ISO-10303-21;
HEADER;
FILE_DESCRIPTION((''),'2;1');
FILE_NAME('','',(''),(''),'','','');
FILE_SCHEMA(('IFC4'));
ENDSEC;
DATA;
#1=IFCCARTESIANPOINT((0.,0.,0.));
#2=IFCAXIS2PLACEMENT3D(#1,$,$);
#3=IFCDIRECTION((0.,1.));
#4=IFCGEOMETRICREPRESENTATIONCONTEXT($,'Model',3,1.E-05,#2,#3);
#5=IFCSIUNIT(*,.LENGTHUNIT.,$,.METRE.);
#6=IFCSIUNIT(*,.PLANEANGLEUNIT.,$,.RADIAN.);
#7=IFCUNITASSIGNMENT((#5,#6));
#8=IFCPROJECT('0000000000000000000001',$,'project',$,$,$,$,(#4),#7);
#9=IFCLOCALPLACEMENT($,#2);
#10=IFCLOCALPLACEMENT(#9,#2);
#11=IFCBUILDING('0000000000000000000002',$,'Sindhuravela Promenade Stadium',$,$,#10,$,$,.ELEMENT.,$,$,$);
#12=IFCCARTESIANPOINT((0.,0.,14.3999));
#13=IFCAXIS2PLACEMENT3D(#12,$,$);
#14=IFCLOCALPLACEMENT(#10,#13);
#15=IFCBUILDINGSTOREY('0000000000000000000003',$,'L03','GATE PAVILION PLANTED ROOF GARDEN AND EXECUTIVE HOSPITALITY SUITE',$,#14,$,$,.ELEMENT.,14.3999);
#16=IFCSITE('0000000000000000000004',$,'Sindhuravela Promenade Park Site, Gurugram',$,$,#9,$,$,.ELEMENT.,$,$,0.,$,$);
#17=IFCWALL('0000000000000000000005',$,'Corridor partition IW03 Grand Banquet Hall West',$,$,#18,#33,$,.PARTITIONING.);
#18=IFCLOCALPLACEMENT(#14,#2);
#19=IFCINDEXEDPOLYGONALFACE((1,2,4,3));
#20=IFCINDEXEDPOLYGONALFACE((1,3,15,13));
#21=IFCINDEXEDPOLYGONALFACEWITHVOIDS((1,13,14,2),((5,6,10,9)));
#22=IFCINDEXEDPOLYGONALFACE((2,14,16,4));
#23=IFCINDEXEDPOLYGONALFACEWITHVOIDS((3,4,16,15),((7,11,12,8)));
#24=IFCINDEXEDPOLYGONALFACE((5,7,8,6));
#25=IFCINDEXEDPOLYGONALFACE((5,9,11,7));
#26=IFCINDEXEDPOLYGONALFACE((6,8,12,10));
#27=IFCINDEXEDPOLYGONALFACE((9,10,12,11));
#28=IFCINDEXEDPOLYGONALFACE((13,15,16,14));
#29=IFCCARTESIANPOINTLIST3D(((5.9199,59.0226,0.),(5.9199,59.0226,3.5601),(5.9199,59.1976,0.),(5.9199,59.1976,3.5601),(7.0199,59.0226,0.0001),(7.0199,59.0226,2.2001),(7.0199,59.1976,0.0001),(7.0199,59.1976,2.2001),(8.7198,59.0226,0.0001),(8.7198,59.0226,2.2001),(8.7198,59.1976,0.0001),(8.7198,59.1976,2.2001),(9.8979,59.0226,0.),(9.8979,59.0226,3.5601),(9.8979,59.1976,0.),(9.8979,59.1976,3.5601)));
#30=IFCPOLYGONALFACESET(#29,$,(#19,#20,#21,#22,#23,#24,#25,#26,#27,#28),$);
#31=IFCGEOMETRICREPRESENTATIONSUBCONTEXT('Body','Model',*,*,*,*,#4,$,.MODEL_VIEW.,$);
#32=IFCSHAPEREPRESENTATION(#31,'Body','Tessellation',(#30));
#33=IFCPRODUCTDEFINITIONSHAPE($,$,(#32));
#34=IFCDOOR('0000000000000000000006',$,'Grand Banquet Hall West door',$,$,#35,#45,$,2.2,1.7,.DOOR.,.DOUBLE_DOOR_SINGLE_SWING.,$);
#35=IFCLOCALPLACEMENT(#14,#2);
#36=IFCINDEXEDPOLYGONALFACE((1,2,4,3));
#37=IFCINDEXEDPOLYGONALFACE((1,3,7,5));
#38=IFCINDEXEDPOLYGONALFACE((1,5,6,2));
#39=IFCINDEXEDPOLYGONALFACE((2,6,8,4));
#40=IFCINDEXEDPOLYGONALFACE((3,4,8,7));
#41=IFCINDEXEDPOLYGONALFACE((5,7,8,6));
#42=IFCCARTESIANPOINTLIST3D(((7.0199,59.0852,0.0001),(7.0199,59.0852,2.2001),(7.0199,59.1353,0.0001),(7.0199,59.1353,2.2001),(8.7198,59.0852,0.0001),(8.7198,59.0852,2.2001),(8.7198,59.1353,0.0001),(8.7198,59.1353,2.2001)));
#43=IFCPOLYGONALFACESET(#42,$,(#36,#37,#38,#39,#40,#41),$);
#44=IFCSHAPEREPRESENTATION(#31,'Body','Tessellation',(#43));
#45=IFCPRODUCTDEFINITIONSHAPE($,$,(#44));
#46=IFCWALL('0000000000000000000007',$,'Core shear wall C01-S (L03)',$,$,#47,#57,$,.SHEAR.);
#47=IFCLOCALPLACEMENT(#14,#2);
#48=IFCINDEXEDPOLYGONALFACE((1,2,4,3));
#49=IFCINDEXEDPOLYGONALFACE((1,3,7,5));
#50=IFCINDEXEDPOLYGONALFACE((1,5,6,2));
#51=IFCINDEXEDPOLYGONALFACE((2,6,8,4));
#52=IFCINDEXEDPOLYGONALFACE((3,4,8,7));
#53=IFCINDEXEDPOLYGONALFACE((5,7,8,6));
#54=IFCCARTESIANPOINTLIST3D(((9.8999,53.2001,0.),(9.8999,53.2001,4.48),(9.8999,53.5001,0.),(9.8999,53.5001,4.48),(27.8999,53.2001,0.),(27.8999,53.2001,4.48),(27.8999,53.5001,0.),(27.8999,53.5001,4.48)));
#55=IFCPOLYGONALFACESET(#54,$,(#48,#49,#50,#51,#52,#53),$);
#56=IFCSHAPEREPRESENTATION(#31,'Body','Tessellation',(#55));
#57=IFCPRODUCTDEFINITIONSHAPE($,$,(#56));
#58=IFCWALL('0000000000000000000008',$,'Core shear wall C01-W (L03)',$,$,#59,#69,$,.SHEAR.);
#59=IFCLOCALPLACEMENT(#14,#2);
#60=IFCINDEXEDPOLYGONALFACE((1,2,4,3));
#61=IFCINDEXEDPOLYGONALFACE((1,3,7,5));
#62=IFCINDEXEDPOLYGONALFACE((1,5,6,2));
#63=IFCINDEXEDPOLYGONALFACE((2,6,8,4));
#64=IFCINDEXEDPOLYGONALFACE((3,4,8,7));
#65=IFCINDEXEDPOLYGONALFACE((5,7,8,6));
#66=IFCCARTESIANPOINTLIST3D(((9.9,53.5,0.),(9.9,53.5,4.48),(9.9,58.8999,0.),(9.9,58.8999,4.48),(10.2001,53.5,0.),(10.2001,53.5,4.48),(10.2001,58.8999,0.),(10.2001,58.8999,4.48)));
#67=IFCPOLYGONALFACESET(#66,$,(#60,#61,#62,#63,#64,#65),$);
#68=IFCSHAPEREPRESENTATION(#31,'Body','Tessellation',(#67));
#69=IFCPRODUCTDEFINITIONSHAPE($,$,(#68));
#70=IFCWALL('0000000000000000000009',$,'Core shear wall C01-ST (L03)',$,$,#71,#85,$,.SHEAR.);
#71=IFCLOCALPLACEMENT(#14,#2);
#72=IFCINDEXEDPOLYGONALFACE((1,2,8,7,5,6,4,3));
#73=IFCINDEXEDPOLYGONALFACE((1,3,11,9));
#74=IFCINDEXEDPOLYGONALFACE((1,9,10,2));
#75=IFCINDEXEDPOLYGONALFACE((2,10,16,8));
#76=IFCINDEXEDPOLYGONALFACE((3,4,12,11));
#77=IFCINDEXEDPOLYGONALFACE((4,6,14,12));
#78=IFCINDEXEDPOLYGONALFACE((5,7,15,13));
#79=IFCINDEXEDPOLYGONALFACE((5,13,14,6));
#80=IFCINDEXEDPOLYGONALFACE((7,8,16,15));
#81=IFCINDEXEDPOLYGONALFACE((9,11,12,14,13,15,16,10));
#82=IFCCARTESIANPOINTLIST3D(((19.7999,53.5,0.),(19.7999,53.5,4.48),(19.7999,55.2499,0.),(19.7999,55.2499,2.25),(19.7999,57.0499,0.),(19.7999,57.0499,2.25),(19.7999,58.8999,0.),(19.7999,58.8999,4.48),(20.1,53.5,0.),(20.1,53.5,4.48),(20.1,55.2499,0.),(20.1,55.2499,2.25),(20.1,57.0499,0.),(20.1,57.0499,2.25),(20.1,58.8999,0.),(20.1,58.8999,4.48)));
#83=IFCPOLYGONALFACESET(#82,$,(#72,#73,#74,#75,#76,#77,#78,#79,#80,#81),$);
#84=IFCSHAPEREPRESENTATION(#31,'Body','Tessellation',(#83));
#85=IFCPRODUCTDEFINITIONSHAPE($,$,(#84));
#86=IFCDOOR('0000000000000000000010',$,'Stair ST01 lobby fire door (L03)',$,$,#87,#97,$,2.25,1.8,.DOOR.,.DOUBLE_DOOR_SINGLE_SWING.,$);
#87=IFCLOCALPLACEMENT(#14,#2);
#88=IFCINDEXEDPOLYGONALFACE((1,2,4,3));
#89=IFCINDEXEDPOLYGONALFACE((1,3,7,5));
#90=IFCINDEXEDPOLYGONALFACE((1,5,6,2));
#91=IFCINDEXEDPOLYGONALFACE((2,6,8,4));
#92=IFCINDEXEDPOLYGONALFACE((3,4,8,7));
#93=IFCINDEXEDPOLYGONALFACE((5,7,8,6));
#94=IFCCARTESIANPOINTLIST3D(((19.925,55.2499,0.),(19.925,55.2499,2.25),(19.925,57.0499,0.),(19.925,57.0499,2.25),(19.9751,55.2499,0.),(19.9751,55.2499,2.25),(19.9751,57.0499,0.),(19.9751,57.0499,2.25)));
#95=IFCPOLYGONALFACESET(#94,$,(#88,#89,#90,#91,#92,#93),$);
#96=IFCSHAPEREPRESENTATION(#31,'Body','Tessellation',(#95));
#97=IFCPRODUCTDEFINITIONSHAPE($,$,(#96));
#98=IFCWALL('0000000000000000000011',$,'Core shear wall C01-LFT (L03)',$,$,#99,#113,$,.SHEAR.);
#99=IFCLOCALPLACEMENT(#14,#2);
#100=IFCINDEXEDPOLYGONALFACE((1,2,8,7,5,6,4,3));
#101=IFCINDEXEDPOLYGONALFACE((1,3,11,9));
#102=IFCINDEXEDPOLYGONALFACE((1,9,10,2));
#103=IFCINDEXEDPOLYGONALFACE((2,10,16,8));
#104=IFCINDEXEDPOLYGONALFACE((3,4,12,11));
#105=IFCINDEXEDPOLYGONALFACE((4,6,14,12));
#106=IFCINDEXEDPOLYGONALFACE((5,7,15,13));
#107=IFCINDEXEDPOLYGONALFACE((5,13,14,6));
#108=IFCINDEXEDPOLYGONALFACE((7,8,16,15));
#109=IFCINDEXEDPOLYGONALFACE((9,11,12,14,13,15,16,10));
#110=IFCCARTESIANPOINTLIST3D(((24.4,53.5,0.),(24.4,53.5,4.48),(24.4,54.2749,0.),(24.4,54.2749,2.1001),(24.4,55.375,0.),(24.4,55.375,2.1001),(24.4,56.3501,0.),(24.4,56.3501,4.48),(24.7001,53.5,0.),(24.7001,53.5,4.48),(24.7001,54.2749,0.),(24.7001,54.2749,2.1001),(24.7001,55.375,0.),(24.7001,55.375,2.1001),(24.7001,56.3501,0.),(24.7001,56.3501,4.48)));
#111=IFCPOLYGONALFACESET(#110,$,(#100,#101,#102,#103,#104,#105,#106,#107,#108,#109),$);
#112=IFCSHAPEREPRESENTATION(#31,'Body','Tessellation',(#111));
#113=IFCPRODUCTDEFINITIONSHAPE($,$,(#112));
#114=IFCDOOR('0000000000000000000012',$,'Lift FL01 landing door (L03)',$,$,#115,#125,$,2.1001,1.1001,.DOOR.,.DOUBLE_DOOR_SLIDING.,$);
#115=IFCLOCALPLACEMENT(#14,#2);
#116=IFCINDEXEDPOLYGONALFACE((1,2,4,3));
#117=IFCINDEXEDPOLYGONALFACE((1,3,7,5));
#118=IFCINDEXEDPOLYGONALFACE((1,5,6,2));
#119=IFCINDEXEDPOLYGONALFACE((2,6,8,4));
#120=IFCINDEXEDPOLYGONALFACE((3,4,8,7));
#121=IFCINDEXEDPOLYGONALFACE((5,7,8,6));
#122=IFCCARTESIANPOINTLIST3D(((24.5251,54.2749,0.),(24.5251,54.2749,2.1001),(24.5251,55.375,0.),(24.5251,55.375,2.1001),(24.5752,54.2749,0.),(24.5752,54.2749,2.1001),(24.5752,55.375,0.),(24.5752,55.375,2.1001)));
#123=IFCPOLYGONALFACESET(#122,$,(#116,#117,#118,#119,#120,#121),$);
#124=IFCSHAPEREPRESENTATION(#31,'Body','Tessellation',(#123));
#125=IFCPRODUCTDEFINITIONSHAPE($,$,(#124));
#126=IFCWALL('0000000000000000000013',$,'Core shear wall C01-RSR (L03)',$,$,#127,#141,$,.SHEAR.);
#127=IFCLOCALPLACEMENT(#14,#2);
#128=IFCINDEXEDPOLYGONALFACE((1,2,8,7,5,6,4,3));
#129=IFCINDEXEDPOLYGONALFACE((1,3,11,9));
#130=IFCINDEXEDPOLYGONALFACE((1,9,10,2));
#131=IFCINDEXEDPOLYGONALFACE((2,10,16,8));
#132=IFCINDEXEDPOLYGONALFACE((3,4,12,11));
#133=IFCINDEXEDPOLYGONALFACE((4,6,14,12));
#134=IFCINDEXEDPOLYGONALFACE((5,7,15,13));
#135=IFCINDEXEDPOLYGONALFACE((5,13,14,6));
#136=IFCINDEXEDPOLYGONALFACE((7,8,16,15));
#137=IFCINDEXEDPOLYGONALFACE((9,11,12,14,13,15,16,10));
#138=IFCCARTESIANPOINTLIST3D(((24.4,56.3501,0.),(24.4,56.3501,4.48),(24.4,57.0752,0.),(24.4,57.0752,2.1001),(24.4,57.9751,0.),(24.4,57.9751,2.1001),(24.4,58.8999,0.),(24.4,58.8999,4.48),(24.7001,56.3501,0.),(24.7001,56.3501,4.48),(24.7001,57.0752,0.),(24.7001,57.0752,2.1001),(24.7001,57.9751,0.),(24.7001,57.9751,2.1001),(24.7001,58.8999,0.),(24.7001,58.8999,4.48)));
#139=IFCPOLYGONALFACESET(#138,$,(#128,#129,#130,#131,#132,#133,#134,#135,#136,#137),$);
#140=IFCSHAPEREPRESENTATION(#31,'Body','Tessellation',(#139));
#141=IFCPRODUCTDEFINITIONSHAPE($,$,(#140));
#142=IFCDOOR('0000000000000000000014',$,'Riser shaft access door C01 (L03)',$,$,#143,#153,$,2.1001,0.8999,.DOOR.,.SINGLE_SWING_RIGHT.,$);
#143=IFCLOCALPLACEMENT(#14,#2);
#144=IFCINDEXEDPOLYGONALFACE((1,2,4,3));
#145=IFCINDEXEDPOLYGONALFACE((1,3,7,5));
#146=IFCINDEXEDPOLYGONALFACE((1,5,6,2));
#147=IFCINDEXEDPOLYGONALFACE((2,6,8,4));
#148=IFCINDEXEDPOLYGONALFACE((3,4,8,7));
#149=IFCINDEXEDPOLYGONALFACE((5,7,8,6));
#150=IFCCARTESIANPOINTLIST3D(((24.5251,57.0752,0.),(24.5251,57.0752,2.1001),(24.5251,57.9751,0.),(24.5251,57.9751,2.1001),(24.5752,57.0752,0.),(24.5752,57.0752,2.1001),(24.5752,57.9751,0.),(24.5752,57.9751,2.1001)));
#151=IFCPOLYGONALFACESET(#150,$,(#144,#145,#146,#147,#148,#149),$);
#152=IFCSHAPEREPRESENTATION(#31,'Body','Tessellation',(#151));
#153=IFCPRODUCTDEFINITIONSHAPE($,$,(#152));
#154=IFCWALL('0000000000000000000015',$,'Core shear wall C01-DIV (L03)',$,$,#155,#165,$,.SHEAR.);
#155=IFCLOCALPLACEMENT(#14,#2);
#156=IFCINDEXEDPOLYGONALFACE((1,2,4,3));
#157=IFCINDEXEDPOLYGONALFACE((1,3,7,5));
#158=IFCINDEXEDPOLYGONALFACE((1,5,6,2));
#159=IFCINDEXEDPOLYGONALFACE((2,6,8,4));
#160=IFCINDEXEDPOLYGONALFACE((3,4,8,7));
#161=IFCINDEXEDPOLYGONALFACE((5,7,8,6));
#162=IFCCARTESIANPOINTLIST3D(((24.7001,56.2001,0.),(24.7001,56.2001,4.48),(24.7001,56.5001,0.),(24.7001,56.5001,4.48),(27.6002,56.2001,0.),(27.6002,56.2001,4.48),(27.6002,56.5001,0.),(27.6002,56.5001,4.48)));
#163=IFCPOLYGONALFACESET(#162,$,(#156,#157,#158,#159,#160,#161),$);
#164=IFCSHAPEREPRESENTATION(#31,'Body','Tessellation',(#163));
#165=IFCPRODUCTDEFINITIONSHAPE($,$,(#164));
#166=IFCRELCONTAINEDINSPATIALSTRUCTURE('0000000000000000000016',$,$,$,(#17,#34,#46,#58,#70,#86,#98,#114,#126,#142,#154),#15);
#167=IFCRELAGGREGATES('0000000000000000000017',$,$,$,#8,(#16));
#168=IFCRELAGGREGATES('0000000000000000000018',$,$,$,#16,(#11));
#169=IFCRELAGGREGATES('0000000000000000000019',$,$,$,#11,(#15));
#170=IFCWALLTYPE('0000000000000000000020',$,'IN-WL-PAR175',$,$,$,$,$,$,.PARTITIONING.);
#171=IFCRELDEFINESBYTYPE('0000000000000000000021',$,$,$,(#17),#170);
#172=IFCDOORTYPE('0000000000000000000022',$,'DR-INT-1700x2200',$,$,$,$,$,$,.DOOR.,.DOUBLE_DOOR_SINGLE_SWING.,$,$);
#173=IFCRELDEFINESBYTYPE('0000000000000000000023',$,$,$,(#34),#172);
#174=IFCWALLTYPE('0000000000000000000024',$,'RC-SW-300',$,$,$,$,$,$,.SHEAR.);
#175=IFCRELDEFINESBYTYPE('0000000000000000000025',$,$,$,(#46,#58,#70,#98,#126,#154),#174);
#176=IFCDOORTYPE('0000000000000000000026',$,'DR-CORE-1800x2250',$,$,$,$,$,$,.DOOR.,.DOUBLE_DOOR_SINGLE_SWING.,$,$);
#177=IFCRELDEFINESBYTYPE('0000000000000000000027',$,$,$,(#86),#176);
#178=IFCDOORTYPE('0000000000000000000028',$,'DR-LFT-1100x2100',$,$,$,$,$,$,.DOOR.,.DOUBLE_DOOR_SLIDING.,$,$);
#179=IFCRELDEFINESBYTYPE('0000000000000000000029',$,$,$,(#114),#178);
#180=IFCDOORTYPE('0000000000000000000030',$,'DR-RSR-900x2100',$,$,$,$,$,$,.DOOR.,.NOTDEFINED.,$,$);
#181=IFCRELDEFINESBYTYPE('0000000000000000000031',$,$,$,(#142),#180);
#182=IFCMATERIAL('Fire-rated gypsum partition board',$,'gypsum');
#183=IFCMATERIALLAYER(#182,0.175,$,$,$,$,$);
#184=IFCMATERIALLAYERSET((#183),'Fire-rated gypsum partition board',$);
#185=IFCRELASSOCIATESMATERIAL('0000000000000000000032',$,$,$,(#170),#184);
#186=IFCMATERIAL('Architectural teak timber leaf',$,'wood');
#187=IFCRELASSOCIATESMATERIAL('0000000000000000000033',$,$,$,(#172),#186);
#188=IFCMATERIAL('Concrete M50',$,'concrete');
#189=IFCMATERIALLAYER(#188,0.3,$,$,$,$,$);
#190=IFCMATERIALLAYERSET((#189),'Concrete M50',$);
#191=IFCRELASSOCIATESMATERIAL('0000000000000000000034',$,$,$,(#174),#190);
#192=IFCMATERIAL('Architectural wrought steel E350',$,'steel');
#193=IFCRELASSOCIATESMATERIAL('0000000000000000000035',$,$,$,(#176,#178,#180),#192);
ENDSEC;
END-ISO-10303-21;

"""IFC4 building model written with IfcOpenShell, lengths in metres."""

from ifc_helpers import new_model, si_unit, direction, frame, frame_2d, origin, place, context, subcontext, project, spatial, rectangle, extrude, material, layer, layer_set, type_object, element, fill, save


model = new_model("IFC4")

# Units and contexts
model_context = context("Model", 3, precision=1e-05, world=origin(), true_north=direction((0.0, 1.0)))
body_context = subcontext(model_context, "Body", "Model", "MODEL_VIEW")
ifc_project = project(units=[si_unit("LENGTHUNIT", "METRE"), si_unit("PLANEANGLEUNIT", "RADIAN")], contexts=[model_context])

# Site, building, storey
site_placement = place(None, origin())
site = spatial("IfcSite", under=ifc_project, at=site_placement, Name="Sindhuravela Promenade Park Site, Gurugram", CompositionType="ELEMENT", RefElevation=0.0)
building_placement = place(site_placement, origin())
building = spatial("IfcBuilding", under=site, at=building_placement, Name="Sindhuravela Promenade Stadium", CompositionType="ELEMENT")
storey_placement = place(building_placement, frame((0.0, 0.0, 14.3999)))
storey = spatial("IfcBuildingStorey", under=building, at=storey_placement, Name="L03", Description="GATE PAVILION PLANTED ROOF GARDEN AND EXECUTIVE HOSPITALITY SUITE", CompositionType="ELEMENT", Elevation=14.3999)

# Shared definitions
ifc_material_1 = material(Name="Concrete M50", Category="concrete")

# Shared definitions
ifc_material_2 = material(Name="Fire-rated gypsum partition board", Category="gypsum")

# Wall, opening, door
ifc_layer_1 = layer(ifc_material_2, 0.175)
ifc_layer_set_1 = layer_set([ifc_layer_1], Name="Fire-rated gypsum partition board")
wall_type_1 = type_object("IfcWallType", Name="IN-WL-PAR175", PredefinedType="PARTITIONING", material=ifc_layer_set_1)
wall_1_placement = place(storey_placement, frame((9.8979, 59.1101, 0.0), z_axis=(0.0, 0.0, 1.0), x_axis=(-1.0, 0.0, 0.0)))
wall_1 = element("IfcWall", 1, at=wall_1_placement, inside=storey, type_object=wall_type_1, Name="Corridor partition IW03 Grand Banquet Hall West", PredefinedType="PARTITIONING", context=body_context, shape_type="SweptSolid", body=[
    extrude(rectangle(XDim=3.978, YDim=0.175, at=frame_2d((1.989, 0.0))), origin(), (0.0, 0.0, 1.0), 3.5601),
])
opening_1_placement = place(wall_1_placement, frame((1.178, 0.0, 0.0)))
opening_1 = element("IfcOpeningElement", 2, at=opening_1_placement, cuts=wall_1, PredefinedType="OPENING", context=body_context, shape_type="SweptSolid", body=[
    extrude(rectangle(XDim=1.7, YDim=2.2, at=frame_2d((0.8501, 1.1001))), frame((0.0, 0.0974, 0.0), z_axis=(0.0, -1.0, 0.0), x_axis=(1.0, 0.0, 0.0)), (0.0, 0.0, 1.0), 0.1951),
])
ifc_material_3 = material(Name="Architectural teak timber leaf", Category="wood")
door_type_1 = type_object("IfcDoorType", Name="DR-INT-1700x2200", OperationType="DOUBLE_DOOR_SINGLE_SWING", PredefinedType="DOOR", material=ifc_material_3)
door_1_placement = place(opening_1_placement, origin())
door_1 = element("IfcDoor", 3, at=door_1_placement, inside=storey, type_object=door_type_1, Name="Grand Banquet Hall West door", OperationType="DOUBLE_DOOR_SINGLE_SWING", OverallHeight=2.2, OverallWidth=1.7, PredefinedType="DOOR", context=body_context, shape_type="SweptSolid", body=[
    extrude(rectangle(XDim=1.7, YDim=2.2, at=frame_2d((0.8501, 1.1001))), frame((0.0, 0.0249, 0.0), z_axis=(0.0, -1.0, 0.0), x_axis=(1.0, 0.0, 0.0)), (0.0, 0.0, 1.0), 0.05),
])
fill(opening_1, door_1)

# Walls
ifc_layer_2 = layer(ifc_material_1, 0.3)
ifc_layer_set_2 = layer_set([ifc_layer_2], Name="Concrete M50")
wall_type_2 = type_object("IfcWallType", Name="RC-SW-300", PredefinedType="SHEAR", material=ifc_layer_set_2)
wall_2_placement = place(storey_placement, frame((9.8999, 53.3501, 0.0), z_axis=(0.0, 0.0, 1.0), x_axis=(1.0, 0.0, 0.0)))
element("IfcWall", 4, at=wall_2_placement, inside=storey, type_object=wall_type_2, Name="Core shear wall C01-S (L03)", PredefinedType="SHEAR", context=body_context, shape_type="SweptSolid", body=[
    extrude(rectangle(XDim=18.0, YDim=0.3, at=frame_2d((9.0, 0.0))), origin(), (0.0, 0.0, 1.0), 4.48),
])
wall_3_placement = place(storey_placement, frame((10.05, 58.8999, 0.0), z_axis=(0.0, 0.0, 1.0), x_axis=(0.0, -1.0, 0.0)))
element("IfcWall", 5, at=wall_3_placement, inside=storey, type_object=wall_type_2, Name="Core shear wall C01-W (L03)", PredefinedType="SHEAR", context=body_context, shape_type="SweptSolid", body=[
    extrude(rectangle(XDim=5.3999, YDim=0.3, at=frame_2d((2.7, 0.0))), origin(), (0.0, 0.0, 1.0), 4.48),
])

# Walls, openings, doors
wall_4_placement = place(storey_placement, frame((19.95, 53.5, 0.0), z_axis=(0.0, 0.0, 1.0), x_axis=(0.0, 1.0, 0.0)))
wall_4 = element("IfcWall", 6, at=wall_4_placement, inside=storey, type_object=wall_type_2, Name="Core shear wall C01-ST (L03)", PredefinedType="SHEAR", context=body_context, shape_type="SweptSolid", body=[
    extrude(rectangle(XDim=5.3999, YDim=0.3, at=frame_2d((2.7, 0.0))), origin(), (0.0, 0.0, 1.0), 4.48),
])
opening_2_placement = place(wall_4_placement, frame((1.75, 0.0, 0.0)))
opening_2 = element("IfcOpeningElement", 7, at=opening_2_placement, cuts=wall_4, PredefinedType="OPENING", context=body_context, shape_type="SweptSolid", body=[
    extrude(rectangle(XDim=1.8, YDim=2.25, at=frame_2d((0.8999, 1.125))), frame((0.0, 0.1599, 0.0), z_axis=(0.0, -1.0, 0.0), x_axis=(1.0, 0.0, 0.0)), (0.0, 0.0, 1.0), 0.3201),
])
ifc_material_4 = material(Name="Architectural wrought steel E350", Category="steel")
door_type_2 = type_object("IfcDoorType", Name="DR-CORE-1800x2250", OperationType="DOUBLE_DOOR_SINGLE_SWING", PredefinedType="DOOR", material=ifc_material_4)
door_2_placement = place(opening_2_placement, origin())
door_2 = element("IfcDoor", 8, at=door_2_placement, inside=storey, type_object=door_type_2, Name="Stair ST01 lobby fire door (L03)", OperationType="DOUBLE_DOOR_SINGLE_SWING", OverallHeight=2.25, OverallWidth=1.8, PredefinedType="DOOR", context=body_context, shape_type="SweptSolid", body=[
    extrude(rectangle(XDim=1.8, YDim=2.25, at=frame_2d((0.8999, 1.125))), frame((0.0, 0.0249, 0.0), z_axis=(0.0, -1.0, 0.0), x_axis=(1.0, 0.0, 0.0)), (0.0, 0.0, 1.0), 0.05),
])
fill(opening_2, door_2)
wall_5_placement = place(storey_placement, frame((24.55, 53.5, 0.0), z_axis=(0.0, 0.0, 1.0), x_axis=(0.0, 1.0, 0.0)))
wall_5 = element("IfcWall", 9, at=wall_5_placement, inside=storey, type_object=wall_type_2, Name="Core shear wall C01-LFT (L03)", PredefinedType="SHEAR", context=body_context, shape_type="SweptSolid", body=[
    extrude(rectangle(XDim=2.8501, YDim=0.3, at=frame_2d((1.425, 0.0))), origin(), (0.0, 0.0, 1.0), 4.48),
])
opening_3_placement = place(wall_5_placement, frame((0.7749, 0.0, 0.0)))
opening_3 = element("IfcOpeningElement", 10, at=opening_3_placement, cuts=wall_5, PredefinedType="OPENING", context=body_context, shape_type="SweptSolid", body=[
    extrude(rectangle(XDim=1.1001, YDim=2.1001, at=frame_2d((0.55, 1.05))), frame((0.0, 0.1599, 0.0), z_axis=(0.0, -1.0, 0.0), x_axis=(1.0, 0.0, 0.0)), (0.0, 0.0, 1.0), 0.3201),
])
door_type_3 = type_object("IfcDoorType", Name="DR-LFT-1100x2100", OperationType="DOUBLE_DOOR_SLIDING", PredefinedType="DOOR", material=ifc_material_4)
door_3_placement = place(opening_3_placement, origin())
door_3 = element("IfcDoor", 11, at=door_3_placement, inside=storey, type_object=door_type_3, Name="Lift FL01 landing door (L03)", OperationType="DOUBLE_DOOR_SLIDING", OverallHeight=2.1001, OverallWidth=1.1001, PredefinedType="DOOR", context=body_context, shape_type="SweptSolid", body=[
    extrude(rectangle(XDim=1.1001, YDim=2.1001, at=frame_2d((0.55, 1.05))), frame((0.0, 0.0249, 0.0), z_axis=(0.0, -1.0, 0.0), x_axis=(1.0, 0.0, 0.0)), (0.0, 0.0, 1.0), 0.05),
])
fill(opening_3, door_3)
wall_6_placement = place(storey_placement, frame((24.55, 56.3501, 0.0), z_axis=(0.0, 0.0, 1.0), x_axis=(0.0, 1.0, 0.0)))
wall_6 = element("IfcWall", 12, at=wall_6_placement, inside=storey, type_object=wall_type_2, Name="Core shear wall C01-RSR (L03)", PredefinedType="SHEAR", context=body_context, shape_type="SweptSolid", body=[
    extrude(rectangle(XDim=2.5498, YDim=0.3, at=frame_2d((1.2749, 0.0))), origin(), (0.0, 0.0, 1.0), 4.48),
])
opening_4_placement = place(wall_6_placement, frame((0.7251, 0.0, 0.0)))
opening_4 = element("IfcOpeningElement", 13, at=opening_4_placement, cuts=wall_6, PredefinedType="OPENING", context=body_context, shape_type="SweptSolid", body=[
    extrude(rectangle(XDim=0.8999, YDim=2.1001, at=frame_2d((0.45, 1.05))), frame((0.0, 0.1599, 0.0), z_axis=(0.0, -1.0, 0.0), x_axis=(1.0, 0.0, 0.0)), (0.0, 0.0, 1.0), 0.3201),
])
door_type_4 = type_object("IfcDoorType", Name="DR-RSR-900x2100", OperationType="NOTDEFINED", PredefinedType="DOOR", material=ifc_material_4)
door_4_placement = place(opening_4_placement, origin())
door_4 = element("IfcDoor", 14, at=door_4_placement, inside=storey, type_object=door_type_4, Name="Riser shaft access door C01 (L03)", OperationType="SINGLE_SWING_RIGHT", OverallHeight=2.1001, OverallWidth=0.8999, PredefinedType="DOOR", context=body_context, shape_type="SweptSolid", body=[
    extrude(rectangle(XDim=0.8999, YDim=2.1001, at=frame_2d((0.45, 1.05))), frame((0.0, 0.0249, 0.0), z_axis=(0.0, -1.0, 0.0), x_axis=(1.0, 0.0, 0.0)), (0.0, 0.0, 1.0), 0.05),
])
fill(opening_4, door_4)

# Wall
wall_7_placement = place(storey_placement, frame((24.7, 56.3501, 0.0), z_axis=(0.0, 0.0, 1.0), x_axis=(1.0, 0.0, 0.0)))
element("IfcWall", 15, at=wall_7_placement, inside=storey, type_object=wall_type_2, Name="Core shear wall C01-DIV (L03)", PredefinedType="SHEAR", context=body_context, shape_type="SweptSolid", body=[
    extrude(rectangle(XDim=2.9001, YDim=0.3, at=frame_2d((1.4502, 0.0))), origin(), (0.0, 0.0, 1.0), 4.48),
])

save(model, "model.ifc")
